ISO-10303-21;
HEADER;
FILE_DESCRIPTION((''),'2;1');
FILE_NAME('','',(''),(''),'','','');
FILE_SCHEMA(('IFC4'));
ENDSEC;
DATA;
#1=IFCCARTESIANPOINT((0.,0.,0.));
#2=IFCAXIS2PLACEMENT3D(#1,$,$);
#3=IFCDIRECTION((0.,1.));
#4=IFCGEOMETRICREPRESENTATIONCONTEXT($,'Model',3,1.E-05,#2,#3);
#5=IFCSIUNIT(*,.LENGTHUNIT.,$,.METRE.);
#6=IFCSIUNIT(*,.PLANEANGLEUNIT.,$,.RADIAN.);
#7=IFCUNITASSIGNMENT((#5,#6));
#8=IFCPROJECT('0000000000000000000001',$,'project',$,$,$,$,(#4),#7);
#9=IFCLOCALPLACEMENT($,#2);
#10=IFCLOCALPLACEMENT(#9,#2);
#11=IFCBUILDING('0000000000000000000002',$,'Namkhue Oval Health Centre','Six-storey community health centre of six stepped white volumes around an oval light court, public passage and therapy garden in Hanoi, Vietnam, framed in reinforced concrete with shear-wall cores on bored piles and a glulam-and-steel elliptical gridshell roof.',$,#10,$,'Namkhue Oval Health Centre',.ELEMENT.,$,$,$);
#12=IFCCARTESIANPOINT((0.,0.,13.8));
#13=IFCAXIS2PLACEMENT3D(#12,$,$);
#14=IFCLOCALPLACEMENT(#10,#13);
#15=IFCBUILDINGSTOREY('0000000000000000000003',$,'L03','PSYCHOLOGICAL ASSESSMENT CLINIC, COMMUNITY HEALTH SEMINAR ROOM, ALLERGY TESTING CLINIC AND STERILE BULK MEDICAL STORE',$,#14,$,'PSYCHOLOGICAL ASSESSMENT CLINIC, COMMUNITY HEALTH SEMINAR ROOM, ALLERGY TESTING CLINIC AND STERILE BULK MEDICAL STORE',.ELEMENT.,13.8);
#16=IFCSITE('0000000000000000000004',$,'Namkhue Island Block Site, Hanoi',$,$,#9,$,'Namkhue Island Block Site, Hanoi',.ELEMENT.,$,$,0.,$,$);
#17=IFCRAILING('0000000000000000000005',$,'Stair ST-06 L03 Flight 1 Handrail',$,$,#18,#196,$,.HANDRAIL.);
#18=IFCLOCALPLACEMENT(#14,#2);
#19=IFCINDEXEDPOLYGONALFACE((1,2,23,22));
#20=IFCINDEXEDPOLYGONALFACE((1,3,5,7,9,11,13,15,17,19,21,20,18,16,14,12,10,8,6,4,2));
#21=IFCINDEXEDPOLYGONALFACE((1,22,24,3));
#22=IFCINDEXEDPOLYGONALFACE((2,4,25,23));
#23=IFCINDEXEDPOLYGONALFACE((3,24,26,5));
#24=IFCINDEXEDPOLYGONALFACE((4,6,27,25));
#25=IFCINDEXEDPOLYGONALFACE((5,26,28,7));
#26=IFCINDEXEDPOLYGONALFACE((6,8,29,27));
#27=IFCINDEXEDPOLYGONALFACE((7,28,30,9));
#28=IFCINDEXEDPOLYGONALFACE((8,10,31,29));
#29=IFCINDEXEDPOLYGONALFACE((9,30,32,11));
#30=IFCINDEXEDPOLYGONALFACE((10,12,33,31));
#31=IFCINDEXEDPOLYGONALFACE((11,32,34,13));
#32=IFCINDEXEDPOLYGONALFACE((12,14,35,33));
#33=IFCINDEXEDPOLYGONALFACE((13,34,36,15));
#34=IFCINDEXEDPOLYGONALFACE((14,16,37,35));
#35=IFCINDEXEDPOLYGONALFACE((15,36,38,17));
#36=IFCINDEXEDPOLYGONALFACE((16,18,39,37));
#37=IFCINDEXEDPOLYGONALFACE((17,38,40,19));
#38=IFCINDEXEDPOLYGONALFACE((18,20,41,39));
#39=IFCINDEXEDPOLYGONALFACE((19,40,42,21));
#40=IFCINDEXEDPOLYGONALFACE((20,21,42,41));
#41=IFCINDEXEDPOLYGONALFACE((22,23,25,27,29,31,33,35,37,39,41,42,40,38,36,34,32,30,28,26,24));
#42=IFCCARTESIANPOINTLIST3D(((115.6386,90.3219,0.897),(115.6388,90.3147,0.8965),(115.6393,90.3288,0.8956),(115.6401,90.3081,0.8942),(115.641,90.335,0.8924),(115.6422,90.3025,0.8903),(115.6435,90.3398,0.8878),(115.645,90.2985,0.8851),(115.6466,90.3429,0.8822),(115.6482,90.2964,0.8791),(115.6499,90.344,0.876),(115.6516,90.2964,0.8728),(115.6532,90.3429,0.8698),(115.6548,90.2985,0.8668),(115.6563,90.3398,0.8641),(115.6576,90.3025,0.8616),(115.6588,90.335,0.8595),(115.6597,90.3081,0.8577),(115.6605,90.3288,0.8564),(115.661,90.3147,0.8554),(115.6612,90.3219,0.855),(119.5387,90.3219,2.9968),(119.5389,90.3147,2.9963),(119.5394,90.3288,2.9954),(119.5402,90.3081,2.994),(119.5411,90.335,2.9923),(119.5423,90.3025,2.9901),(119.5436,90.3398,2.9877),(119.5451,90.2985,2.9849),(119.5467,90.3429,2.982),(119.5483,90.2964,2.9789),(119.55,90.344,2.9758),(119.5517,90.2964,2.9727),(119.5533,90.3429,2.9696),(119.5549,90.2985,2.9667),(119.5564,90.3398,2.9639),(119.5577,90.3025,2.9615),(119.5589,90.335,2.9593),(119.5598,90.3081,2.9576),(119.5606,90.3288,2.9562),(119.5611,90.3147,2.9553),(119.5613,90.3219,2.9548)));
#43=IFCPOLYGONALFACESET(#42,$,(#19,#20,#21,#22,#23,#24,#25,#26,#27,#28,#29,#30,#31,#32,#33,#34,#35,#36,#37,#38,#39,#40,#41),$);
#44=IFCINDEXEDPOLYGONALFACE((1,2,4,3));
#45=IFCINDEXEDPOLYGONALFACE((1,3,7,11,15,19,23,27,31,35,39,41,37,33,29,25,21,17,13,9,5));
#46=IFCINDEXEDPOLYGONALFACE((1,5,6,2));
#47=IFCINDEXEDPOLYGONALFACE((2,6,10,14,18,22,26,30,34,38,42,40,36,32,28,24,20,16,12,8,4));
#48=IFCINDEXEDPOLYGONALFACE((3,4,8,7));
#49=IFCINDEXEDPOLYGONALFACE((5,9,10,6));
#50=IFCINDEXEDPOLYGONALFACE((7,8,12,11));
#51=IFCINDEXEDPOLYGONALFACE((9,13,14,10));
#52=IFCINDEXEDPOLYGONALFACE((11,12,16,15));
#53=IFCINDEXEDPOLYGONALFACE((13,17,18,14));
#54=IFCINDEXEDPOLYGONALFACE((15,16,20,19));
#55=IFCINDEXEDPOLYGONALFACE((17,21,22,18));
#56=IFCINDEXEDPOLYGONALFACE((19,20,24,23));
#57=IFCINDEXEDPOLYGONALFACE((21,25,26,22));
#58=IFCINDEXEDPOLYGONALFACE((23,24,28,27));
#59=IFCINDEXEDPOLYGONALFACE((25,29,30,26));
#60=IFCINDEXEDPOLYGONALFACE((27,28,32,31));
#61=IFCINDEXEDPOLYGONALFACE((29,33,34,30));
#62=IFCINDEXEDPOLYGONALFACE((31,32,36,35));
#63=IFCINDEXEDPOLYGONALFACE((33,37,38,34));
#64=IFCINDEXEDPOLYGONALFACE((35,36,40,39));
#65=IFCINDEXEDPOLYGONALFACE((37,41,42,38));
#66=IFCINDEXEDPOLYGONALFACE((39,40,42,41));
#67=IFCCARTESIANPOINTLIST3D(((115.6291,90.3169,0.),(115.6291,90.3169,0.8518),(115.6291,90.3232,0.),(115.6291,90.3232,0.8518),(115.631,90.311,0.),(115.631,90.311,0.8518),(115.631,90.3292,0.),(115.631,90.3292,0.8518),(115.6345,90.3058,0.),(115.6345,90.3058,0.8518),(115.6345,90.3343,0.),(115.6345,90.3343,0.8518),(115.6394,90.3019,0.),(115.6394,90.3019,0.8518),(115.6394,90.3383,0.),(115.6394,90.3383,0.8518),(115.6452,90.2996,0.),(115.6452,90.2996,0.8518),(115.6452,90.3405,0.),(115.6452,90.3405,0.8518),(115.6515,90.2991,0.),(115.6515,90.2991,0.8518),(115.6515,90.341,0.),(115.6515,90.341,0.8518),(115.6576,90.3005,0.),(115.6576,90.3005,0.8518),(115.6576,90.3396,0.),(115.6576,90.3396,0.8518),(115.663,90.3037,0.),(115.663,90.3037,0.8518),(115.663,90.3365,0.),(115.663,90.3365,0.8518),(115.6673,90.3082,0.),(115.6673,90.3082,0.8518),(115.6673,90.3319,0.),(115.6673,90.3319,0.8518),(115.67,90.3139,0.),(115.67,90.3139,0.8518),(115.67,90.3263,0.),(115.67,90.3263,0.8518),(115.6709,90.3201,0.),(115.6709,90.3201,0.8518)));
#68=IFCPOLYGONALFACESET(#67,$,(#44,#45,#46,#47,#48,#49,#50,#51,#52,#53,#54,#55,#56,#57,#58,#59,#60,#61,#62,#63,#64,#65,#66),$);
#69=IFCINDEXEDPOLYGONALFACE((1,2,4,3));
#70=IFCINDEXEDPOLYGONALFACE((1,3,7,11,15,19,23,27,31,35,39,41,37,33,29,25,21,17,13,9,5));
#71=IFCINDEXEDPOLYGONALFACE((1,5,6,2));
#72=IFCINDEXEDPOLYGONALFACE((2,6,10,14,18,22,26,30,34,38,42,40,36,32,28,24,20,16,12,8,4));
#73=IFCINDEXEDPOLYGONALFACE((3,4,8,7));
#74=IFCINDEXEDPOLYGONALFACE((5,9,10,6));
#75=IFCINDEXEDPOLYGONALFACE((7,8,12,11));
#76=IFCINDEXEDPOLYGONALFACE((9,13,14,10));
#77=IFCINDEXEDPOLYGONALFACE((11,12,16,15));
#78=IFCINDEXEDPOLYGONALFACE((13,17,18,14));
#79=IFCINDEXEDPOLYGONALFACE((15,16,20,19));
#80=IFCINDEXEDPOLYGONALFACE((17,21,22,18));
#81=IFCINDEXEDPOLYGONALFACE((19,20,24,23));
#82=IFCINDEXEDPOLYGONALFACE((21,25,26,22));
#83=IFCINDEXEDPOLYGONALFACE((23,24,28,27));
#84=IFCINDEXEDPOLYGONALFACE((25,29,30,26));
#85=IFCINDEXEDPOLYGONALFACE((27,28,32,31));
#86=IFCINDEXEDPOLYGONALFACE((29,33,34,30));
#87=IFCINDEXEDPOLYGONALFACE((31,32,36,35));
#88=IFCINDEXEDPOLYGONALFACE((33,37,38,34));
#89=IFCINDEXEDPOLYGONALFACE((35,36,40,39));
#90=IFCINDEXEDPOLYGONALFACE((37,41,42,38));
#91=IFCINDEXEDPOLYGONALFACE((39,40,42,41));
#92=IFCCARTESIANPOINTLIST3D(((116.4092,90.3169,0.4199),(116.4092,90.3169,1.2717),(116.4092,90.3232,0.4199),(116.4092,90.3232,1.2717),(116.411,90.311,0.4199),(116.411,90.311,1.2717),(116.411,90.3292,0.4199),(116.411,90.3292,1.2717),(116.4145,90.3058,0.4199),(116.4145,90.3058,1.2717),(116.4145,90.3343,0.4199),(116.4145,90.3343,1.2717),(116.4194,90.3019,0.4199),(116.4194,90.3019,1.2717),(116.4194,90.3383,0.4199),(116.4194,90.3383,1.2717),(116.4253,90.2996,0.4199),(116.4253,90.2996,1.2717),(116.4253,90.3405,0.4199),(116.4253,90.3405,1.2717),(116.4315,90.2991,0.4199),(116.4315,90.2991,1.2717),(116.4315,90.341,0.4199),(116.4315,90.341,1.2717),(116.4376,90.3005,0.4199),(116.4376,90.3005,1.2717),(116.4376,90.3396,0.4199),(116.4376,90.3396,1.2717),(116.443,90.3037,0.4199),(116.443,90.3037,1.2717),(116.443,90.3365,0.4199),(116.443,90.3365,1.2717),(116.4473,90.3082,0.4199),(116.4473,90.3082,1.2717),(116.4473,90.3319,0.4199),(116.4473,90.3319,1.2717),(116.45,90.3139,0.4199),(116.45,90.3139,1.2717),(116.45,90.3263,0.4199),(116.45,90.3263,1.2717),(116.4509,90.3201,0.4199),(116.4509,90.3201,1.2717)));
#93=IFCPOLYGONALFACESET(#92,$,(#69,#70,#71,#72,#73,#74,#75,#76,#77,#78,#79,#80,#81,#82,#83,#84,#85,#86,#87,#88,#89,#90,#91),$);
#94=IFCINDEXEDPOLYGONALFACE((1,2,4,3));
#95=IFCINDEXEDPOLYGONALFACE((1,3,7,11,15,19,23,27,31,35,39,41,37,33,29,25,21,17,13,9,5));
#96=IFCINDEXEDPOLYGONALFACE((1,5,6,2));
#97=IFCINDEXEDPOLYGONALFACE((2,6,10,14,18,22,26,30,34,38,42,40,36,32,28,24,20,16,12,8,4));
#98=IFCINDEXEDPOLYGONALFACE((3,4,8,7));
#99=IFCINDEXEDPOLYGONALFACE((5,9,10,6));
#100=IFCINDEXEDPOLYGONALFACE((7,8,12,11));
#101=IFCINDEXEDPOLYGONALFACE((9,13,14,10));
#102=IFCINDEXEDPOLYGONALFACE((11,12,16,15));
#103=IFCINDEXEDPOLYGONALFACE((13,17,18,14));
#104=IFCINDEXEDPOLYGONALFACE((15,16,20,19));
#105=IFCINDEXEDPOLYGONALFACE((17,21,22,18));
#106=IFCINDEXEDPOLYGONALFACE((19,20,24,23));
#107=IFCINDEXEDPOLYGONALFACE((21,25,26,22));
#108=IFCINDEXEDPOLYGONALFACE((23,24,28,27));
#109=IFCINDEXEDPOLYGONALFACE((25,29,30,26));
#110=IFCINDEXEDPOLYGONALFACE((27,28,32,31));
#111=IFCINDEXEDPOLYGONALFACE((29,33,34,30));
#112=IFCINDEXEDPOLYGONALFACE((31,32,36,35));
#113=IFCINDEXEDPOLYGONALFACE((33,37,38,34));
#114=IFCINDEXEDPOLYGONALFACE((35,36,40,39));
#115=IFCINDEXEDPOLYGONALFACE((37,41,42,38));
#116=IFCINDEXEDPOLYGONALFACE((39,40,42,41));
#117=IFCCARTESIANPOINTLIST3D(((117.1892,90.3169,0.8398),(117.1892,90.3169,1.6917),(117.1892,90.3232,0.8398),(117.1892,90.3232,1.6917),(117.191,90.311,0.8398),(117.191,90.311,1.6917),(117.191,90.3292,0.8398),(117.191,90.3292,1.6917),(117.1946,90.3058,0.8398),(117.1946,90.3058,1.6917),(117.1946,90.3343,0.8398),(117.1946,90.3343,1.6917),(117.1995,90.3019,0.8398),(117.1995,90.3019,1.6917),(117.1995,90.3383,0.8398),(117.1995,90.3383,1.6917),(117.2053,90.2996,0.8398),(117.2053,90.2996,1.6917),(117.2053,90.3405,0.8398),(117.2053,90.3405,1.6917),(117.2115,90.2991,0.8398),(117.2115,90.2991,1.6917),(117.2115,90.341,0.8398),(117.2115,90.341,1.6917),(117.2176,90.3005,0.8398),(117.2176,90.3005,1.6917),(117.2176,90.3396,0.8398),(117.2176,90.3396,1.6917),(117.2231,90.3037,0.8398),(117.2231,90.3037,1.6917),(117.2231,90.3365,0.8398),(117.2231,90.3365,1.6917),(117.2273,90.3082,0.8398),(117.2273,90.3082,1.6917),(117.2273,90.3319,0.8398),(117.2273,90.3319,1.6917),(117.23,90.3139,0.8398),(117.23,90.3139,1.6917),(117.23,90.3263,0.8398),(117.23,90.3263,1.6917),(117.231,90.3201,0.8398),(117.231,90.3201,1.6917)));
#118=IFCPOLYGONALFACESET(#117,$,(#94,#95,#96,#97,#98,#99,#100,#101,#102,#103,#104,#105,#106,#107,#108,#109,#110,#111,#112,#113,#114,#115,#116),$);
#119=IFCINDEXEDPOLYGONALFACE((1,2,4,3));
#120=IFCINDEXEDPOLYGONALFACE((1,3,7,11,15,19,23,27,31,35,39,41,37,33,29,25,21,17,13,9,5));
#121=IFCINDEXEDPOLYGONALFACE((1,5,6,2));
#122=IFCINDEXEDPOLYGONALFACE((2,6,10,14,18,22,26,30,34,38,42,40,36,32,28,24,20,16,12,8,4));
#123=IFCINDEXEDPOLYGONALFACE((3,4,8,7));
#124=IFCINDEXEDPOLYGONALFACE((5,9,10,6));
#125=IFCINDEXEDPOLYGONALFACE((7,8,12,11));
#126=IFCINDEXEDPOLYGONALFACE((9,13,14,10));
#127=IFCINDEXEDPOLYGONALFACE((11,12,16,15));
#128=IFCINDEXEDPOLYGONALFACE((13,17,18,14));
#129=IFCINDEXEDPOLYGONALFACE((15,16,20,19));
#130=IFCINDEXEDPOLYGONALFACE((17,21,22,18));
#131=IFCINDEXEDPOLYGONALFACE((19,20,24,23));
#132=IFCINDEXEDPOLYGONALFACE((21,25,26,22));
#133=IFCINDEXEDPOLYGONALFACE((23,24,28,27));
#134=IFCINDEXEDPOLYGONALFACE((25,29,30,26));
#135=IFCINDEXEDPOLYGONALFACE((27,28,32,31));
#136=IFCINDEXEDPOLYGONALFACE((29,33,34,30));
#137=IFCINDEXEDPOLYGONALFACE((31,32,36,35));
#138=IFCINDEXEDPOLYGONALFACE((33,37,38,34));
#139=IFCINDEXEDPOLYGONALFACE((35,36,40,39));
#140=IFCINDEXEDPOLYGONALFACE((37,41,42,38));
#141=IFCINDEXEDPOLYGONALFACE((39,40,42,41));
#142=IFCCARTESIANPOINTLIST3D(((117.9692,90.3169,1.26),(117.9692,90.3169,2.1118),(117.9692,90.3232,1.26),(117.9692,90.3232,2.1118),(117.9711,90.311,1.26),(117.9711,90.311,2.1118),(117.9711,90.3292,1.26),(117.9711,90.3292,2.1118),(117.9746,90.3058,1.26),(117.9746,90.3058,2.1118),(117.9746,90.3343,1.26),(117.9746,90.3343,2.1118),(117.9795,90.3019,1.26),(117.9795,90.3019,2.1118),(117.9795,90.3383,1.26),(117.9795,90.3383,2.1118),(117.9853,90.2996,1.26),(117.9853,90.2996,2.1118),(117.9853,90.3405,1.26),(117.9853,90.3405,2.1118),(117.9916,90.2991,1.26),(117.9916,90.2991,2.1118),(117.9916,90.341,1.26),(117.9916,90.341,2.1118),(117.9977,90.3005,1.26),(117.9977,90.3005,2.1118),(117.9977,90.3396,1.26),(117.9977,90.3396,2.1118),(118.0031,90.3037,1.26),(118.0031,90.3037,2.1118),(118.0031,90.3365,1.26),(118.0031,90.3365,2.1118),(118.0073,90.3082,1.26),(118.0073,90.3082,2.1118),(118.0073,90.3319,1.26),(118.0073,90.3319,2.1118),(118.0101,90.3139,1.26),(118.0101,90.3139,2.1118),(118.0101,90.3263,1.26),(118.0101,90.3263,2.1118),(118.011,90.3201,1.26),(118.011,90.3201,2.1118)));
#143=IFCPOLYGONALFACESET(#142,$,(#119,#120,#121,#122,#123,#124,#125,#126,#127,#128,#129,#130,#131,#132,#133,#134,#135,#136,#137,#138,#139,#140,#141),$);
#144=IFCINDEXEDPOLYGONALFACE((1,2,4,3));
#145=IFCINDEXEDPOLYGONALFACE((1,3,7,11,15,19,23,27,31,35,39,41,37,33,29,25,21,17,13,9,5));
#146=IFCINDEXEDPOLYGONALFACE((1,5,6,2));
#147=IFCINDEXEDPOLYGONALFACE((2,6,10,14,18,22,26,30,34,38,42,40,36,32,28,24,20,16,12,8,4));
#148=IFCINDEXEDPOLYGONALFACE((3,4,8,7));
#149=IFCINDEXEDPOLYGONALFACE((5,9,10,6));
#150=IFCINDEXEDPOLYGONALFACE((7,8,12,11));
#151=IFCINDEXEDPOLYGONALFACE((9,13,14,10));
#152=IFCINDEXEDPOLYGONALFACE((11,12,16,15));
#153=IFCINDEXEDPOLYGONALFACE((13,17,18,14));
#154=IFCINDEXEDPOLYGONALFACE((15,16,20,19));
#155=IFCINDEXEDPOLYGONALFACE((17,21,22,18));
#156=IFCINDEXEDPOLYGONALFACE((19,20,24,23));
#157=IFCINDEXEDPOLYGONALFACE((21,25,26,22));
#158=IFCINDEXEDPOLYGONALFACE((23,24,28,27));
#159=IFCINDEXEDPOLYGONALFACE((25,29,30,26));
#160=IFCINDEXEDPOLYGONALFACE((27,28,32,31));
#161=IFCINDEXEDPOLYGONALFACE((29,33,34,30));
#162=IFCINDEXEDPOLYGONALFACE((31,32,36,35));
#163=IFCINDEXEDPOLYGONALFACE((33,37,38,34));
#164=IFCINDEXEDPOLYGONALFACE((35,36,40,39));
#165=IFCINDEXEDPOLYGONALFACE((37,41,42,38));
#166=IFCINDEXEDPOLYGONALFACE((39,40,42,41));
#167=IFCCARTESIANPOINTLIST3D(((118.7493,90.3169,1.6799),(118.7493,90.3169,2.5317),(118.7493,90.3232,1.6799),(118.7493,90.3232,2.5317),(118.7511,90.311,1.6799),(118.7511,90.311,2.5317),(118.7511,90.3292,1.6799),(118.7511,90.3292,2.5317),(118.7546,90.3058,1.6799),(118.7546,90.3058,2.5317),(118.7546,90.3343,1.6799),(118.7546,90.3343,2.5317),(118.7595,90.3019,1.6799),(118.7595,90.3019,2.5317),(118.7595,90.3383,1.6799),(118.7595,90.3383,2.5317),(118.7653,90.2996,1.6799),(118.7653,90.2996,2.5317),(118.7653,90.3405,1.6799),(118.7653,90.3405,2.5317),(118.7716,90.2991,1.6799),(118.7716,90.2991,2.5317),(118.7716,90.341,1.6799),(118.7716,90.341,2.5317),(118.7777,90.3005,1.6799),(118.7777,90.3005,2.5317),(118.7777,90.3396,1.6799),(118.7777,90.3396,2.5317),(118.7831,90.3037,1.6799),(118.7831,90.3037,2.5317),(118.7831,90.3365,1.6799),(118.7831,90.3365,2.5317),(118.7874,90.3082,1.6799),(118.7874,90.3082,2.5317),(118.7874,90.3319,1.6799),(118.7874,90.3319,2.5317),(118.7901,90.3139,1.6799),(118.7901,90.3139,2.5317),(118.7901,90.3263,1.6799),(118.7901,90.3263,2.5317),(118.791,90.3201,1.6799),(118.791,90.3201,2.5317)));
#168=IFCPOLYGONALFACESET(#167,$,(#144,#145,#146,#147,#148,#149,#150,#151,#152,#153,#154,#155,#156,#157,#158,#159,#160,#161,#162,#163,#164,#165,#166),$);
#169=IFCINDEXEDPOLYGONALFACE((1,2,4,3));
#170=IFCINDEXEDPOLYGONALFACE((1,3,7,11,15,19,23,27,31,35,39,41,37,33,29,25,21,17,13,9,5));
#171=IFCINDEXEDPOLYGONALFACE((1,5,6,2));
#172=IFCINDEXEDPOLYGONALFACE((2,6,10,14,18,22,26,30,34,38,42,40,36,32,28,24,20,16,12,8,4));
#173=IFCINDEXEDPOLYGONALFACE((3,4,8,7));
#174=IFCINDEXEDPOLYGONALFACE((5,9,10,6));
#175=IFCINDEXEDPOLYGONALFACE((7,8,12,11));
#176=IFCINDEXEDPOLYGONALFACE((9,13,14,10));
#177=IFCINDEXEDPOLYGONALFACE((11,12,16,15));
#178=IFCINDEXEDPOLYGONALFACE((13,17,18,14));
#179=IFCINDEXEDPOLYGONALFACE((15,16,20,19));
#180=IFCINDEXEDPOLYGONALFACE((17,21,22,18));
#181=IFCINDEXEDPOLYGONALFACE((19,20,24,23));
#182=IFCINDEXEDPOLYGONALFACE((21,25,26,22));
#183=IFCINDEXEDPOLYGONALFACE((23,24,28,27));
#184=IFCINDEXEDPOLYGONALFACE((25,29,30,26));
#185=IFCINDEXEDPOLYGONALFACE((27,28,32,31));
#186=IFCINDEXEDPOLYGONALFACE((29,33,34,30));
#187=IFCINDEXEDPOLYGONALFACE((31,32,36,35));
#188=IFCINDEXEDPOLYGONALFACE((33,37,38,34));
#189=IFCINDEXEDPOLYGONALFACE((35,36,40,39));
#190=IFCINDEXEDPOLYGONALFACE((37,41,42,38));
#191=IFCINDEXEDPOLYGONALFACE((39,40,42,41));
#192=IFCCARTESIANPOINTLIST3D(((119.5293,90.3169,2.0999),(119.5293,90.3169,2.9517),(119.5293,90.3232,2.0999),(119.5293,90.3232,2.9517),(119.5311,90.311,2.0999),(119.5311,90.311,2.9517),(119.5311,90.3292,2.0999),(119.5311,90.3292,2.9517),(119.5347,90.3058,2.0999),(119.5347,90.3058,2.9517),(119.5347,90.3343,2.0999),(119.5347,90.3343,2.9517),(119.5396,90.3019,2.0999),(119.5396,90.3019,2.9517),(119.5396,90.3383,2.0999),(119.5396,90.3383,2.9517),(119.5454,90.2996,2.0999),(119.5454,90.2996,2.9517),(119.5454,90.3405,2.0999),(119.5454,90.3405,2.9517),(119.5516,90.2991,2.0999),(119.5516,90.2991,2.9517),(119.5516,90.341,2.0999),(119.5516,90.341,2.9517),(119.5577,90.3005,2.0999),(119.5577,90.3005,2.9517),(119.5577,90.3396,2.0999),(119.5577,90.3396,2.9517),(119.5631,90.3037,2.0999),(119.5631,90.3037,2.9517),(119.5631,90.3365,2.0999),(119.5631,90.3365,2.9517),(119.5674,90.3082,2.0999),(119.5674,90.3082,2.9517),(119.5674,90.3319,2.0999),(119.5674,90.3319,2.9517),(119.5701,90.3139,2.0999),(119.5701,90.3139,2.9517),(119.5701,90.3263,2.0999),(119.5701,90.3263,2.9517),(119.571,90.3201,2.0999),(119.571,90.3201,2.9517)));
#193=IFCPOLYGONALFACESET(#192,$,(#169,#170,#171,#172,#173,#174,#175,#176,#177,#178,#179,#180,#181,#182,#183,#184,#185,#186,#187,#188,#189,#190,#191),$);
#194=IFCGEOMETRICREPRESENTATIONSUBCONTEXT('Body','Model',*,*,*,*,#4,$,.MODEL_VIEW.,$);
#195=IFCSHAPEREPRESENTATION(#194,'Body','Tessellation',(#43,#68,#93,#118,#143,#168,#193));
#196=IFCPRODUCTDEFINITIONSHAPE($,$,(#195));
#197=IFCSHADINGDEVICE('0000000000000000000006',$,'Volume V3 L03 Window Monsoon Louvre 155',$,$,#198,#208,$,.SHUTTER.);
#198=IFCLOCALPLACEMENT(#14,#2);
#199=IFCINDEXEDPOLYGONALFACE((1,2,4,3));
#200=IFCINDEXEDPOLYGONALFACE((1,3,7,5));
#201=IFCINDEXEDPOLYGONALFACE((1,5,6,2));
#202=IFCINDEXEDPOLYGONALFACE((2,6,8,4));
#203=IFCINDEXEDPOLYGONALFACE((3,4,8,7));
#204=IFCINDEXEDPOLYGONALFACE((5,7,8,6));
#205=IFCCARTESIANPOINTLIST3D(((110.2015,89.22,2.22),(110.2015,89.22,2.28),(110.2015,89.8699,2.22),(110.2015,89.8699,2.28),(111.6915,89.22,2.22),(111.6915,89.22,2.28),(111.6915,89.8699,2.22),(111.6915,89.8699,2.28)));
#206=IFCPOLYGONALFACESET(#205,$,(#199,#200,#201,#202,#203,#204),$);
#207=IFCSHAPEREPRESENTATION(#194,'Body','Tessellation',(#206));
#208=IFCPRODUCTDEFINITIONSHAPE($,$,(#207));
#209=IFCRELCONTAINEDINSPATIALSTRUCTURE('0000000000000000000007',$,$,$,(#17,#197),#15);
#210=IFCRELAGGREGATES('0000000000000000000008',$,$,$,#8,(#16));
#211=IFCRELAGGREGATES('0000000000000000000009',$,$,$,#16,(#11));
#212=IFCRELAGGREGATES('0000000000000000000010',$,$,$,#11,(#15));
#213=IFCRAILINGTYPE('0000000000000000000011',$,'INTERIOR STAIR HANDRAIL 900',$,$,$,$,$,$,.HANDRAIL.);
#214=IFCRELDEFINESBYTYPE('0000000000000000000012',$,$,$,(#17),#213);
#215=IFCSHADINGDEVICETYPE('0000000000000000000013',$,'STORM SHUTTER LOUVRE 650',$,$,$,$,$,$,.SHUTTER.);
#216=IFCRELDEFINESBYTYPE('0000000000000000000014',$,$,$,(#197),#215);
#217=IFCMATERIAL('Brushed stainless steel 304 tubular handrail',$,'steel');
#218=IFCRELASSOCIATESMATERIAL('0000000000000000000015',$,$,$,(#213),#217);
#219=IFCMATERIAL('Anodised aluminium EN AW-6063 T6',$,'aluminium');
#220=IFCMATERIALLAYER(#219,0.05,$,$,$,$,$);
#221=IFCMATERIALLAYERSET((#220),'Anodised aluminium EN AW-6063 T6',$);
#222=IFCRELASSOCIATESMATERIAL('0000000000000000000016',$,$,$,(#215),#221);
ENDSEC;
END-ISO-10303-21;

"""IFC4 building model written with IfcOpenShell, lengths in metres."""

from ifc_helpers import new_model, si_unit, direction, frame, origin, origin_2d, place, context, subcontext, project, spatial, rectangle, circle, extrude, material, layer, layer_set, type_object, element, save


model = new_model("IFC4")

# Units and contexts
model_context = context("Model", 3, precision=1e-05, world=origin(), true_north=direction((0.0, 1.0)))
body_context = subcontext(model_context, "Body", "Model", "MODEL_VIEW")
ifc_project = project(units=[si_unit("LENGTHUNIT", "METRE"), si_unit("PLANEANGLEUNIT", "RADIAN")], contexts=[model_context])

# Site, building, storey
site_placement = place(None, origin())
site = spatial("IfcSite", under=ifc_project, at=site_placement, Name="Namkhue Island Block Site, Hanoi", LongName="Namkhue Island Block Site, Hanoi", CompositionType="ELEMENT", RefElevation=0.0)
building_placement = place(site_placement, origin())
building = spatial("IfcBuilding", under=site, at=building_placement, Name="Namkhue Oval Health Centre", Description="Six-storey community health centre of six stepped white volumes around an oval light court, public passage and therapy garden in Hanoi, Vietnam, framed in reinforced concrete with shear-wall cores on bored piles and a glulam-and-steel elliptical gridshell roof.", LongName="Namkhue Oval Health Centre", CompositionType="ELEMENT")
storey_placement = place(building_placement, frame((0.0, 0.0, 13.8)))
storey = spatial("IfcBuildingStorey", under=building, at=storey_placement, Name="L03", Description="PSYCHOLOGICAL ASSESSMENT CLINIC, COMMUNITY HEALTH SEMINAR ROOM, ALLERGY TESTING CLINIC AND STERILE BULK MEDICAL STORE", LongName="PSYCHOLOGICAL ASSESSMENT CLINIC, COMMUNITY HEALTH SEMINAR ROOM, ALLERGY TESTING CLINIC AND STERILE BULK MEDICAL STORE", CompositionType="ELEMENT", Elevation=13.8)

# Railing
ifc_material_1 = material(Name="Brushed stainless steel 304 tubular handrail", Category="steel")
railing_type_1 = type_object("IfcRailingType", Name="INTERIOR STAIR HANDRAIL 900", PredefinedType="HANDRAIL", material=ifc_material_1)
railing_1_placement = place(storey_placement, frame((115.6499, 90.3201, 0.0)))
element("IfcRailing", 1, at=railing_1_placement, inside=storey, type_object=railing_type_1, Name="Stair ST-06 L03 Flight 1 Handrail", PredefinedType="HANDRAIL", context=body_context, shape_type="SweptSolid", body=[
    extrude(circle(Radius=0.0239, at=origin_2d()), frame((0.0, 0.0, 0.876), z_axis=(0.880492, 0.0, 0.47406), x_axis=(0.0, 1.0, 0.0)), (0.0, 0.0, 1.0), 4.4294),
    extrude(circle(Radius=0.021, at=origin_2d()), origin(), (0.0, 0.0, 1.0), 0.8518),
    extrude(circle(Radius=0.021, at=origin_2d()), frame((0.78, 0.0, 0.4199)), (0.0, 0.0, 1.0), 0.8518),
    extrude(circle(Radius=0.021, at=origin_2d()), frame((1.5601, 0.0, 0.8398)), (0.0, 0.0, 1.0), 0.8518),
    extrude(circle(Radius=0.021, at=origin_2d()), frame((2.3401, 0.0, 1.26)), (0.0, 0.0, 1.0), 0.8518),
    extrude(circle(Radius=0.021, at=origin_2d()), frame((3.1201, 0.0, 1.6799)), (0.0, 0.0, 1.0), 0.8518),
    extrude(circle(Radius=0.021, at=origin_2d()), frame((3.9001, 0.0, 2.0999)), (0.0, 0.0, 1.0), 0.8518),
])

# Shading device
ifc_material_2 = material(Name="Anodised aluminium EN AW-6063 T6", Category="aluminium")
ifc_layer_1 = layer(ifc_material_2, 0.05)
ifc_layer_set_1 = layer_set([ifc_layer_1], Name="Anodised aluminium EN AW-6063 T6")
shading_device_type = type_object("IfcShadingDeviceType", Name="STORM SHUTTER LOUVRE 650", PredefinedType="SHUTTER", material=ifc_layer_set_1)
shading_device_placement = place(storey_placement, frame((110.9465, 89.5449, 2.22), z_axis=(0.0, 0.0, 1.0), x_axis=(1.0, 0.0, 0.0)))
element("IfcShadingDevice", 2, at=shading_device_placement, inside=storey, type_object=shading_device_type, Name="Volume V3 L03 Window Monsoon Louvre 155", PredefinedType="SHUTTER", context=body_context, shape_type="SweptSolid", body=[
    extrude(rectangle(XDim=1.49, YDim=0.6499, at=origin_2d()), origin(), (0.0, 0.0, 1.0), 0.0601),
])

save(model, "model.ifc")
